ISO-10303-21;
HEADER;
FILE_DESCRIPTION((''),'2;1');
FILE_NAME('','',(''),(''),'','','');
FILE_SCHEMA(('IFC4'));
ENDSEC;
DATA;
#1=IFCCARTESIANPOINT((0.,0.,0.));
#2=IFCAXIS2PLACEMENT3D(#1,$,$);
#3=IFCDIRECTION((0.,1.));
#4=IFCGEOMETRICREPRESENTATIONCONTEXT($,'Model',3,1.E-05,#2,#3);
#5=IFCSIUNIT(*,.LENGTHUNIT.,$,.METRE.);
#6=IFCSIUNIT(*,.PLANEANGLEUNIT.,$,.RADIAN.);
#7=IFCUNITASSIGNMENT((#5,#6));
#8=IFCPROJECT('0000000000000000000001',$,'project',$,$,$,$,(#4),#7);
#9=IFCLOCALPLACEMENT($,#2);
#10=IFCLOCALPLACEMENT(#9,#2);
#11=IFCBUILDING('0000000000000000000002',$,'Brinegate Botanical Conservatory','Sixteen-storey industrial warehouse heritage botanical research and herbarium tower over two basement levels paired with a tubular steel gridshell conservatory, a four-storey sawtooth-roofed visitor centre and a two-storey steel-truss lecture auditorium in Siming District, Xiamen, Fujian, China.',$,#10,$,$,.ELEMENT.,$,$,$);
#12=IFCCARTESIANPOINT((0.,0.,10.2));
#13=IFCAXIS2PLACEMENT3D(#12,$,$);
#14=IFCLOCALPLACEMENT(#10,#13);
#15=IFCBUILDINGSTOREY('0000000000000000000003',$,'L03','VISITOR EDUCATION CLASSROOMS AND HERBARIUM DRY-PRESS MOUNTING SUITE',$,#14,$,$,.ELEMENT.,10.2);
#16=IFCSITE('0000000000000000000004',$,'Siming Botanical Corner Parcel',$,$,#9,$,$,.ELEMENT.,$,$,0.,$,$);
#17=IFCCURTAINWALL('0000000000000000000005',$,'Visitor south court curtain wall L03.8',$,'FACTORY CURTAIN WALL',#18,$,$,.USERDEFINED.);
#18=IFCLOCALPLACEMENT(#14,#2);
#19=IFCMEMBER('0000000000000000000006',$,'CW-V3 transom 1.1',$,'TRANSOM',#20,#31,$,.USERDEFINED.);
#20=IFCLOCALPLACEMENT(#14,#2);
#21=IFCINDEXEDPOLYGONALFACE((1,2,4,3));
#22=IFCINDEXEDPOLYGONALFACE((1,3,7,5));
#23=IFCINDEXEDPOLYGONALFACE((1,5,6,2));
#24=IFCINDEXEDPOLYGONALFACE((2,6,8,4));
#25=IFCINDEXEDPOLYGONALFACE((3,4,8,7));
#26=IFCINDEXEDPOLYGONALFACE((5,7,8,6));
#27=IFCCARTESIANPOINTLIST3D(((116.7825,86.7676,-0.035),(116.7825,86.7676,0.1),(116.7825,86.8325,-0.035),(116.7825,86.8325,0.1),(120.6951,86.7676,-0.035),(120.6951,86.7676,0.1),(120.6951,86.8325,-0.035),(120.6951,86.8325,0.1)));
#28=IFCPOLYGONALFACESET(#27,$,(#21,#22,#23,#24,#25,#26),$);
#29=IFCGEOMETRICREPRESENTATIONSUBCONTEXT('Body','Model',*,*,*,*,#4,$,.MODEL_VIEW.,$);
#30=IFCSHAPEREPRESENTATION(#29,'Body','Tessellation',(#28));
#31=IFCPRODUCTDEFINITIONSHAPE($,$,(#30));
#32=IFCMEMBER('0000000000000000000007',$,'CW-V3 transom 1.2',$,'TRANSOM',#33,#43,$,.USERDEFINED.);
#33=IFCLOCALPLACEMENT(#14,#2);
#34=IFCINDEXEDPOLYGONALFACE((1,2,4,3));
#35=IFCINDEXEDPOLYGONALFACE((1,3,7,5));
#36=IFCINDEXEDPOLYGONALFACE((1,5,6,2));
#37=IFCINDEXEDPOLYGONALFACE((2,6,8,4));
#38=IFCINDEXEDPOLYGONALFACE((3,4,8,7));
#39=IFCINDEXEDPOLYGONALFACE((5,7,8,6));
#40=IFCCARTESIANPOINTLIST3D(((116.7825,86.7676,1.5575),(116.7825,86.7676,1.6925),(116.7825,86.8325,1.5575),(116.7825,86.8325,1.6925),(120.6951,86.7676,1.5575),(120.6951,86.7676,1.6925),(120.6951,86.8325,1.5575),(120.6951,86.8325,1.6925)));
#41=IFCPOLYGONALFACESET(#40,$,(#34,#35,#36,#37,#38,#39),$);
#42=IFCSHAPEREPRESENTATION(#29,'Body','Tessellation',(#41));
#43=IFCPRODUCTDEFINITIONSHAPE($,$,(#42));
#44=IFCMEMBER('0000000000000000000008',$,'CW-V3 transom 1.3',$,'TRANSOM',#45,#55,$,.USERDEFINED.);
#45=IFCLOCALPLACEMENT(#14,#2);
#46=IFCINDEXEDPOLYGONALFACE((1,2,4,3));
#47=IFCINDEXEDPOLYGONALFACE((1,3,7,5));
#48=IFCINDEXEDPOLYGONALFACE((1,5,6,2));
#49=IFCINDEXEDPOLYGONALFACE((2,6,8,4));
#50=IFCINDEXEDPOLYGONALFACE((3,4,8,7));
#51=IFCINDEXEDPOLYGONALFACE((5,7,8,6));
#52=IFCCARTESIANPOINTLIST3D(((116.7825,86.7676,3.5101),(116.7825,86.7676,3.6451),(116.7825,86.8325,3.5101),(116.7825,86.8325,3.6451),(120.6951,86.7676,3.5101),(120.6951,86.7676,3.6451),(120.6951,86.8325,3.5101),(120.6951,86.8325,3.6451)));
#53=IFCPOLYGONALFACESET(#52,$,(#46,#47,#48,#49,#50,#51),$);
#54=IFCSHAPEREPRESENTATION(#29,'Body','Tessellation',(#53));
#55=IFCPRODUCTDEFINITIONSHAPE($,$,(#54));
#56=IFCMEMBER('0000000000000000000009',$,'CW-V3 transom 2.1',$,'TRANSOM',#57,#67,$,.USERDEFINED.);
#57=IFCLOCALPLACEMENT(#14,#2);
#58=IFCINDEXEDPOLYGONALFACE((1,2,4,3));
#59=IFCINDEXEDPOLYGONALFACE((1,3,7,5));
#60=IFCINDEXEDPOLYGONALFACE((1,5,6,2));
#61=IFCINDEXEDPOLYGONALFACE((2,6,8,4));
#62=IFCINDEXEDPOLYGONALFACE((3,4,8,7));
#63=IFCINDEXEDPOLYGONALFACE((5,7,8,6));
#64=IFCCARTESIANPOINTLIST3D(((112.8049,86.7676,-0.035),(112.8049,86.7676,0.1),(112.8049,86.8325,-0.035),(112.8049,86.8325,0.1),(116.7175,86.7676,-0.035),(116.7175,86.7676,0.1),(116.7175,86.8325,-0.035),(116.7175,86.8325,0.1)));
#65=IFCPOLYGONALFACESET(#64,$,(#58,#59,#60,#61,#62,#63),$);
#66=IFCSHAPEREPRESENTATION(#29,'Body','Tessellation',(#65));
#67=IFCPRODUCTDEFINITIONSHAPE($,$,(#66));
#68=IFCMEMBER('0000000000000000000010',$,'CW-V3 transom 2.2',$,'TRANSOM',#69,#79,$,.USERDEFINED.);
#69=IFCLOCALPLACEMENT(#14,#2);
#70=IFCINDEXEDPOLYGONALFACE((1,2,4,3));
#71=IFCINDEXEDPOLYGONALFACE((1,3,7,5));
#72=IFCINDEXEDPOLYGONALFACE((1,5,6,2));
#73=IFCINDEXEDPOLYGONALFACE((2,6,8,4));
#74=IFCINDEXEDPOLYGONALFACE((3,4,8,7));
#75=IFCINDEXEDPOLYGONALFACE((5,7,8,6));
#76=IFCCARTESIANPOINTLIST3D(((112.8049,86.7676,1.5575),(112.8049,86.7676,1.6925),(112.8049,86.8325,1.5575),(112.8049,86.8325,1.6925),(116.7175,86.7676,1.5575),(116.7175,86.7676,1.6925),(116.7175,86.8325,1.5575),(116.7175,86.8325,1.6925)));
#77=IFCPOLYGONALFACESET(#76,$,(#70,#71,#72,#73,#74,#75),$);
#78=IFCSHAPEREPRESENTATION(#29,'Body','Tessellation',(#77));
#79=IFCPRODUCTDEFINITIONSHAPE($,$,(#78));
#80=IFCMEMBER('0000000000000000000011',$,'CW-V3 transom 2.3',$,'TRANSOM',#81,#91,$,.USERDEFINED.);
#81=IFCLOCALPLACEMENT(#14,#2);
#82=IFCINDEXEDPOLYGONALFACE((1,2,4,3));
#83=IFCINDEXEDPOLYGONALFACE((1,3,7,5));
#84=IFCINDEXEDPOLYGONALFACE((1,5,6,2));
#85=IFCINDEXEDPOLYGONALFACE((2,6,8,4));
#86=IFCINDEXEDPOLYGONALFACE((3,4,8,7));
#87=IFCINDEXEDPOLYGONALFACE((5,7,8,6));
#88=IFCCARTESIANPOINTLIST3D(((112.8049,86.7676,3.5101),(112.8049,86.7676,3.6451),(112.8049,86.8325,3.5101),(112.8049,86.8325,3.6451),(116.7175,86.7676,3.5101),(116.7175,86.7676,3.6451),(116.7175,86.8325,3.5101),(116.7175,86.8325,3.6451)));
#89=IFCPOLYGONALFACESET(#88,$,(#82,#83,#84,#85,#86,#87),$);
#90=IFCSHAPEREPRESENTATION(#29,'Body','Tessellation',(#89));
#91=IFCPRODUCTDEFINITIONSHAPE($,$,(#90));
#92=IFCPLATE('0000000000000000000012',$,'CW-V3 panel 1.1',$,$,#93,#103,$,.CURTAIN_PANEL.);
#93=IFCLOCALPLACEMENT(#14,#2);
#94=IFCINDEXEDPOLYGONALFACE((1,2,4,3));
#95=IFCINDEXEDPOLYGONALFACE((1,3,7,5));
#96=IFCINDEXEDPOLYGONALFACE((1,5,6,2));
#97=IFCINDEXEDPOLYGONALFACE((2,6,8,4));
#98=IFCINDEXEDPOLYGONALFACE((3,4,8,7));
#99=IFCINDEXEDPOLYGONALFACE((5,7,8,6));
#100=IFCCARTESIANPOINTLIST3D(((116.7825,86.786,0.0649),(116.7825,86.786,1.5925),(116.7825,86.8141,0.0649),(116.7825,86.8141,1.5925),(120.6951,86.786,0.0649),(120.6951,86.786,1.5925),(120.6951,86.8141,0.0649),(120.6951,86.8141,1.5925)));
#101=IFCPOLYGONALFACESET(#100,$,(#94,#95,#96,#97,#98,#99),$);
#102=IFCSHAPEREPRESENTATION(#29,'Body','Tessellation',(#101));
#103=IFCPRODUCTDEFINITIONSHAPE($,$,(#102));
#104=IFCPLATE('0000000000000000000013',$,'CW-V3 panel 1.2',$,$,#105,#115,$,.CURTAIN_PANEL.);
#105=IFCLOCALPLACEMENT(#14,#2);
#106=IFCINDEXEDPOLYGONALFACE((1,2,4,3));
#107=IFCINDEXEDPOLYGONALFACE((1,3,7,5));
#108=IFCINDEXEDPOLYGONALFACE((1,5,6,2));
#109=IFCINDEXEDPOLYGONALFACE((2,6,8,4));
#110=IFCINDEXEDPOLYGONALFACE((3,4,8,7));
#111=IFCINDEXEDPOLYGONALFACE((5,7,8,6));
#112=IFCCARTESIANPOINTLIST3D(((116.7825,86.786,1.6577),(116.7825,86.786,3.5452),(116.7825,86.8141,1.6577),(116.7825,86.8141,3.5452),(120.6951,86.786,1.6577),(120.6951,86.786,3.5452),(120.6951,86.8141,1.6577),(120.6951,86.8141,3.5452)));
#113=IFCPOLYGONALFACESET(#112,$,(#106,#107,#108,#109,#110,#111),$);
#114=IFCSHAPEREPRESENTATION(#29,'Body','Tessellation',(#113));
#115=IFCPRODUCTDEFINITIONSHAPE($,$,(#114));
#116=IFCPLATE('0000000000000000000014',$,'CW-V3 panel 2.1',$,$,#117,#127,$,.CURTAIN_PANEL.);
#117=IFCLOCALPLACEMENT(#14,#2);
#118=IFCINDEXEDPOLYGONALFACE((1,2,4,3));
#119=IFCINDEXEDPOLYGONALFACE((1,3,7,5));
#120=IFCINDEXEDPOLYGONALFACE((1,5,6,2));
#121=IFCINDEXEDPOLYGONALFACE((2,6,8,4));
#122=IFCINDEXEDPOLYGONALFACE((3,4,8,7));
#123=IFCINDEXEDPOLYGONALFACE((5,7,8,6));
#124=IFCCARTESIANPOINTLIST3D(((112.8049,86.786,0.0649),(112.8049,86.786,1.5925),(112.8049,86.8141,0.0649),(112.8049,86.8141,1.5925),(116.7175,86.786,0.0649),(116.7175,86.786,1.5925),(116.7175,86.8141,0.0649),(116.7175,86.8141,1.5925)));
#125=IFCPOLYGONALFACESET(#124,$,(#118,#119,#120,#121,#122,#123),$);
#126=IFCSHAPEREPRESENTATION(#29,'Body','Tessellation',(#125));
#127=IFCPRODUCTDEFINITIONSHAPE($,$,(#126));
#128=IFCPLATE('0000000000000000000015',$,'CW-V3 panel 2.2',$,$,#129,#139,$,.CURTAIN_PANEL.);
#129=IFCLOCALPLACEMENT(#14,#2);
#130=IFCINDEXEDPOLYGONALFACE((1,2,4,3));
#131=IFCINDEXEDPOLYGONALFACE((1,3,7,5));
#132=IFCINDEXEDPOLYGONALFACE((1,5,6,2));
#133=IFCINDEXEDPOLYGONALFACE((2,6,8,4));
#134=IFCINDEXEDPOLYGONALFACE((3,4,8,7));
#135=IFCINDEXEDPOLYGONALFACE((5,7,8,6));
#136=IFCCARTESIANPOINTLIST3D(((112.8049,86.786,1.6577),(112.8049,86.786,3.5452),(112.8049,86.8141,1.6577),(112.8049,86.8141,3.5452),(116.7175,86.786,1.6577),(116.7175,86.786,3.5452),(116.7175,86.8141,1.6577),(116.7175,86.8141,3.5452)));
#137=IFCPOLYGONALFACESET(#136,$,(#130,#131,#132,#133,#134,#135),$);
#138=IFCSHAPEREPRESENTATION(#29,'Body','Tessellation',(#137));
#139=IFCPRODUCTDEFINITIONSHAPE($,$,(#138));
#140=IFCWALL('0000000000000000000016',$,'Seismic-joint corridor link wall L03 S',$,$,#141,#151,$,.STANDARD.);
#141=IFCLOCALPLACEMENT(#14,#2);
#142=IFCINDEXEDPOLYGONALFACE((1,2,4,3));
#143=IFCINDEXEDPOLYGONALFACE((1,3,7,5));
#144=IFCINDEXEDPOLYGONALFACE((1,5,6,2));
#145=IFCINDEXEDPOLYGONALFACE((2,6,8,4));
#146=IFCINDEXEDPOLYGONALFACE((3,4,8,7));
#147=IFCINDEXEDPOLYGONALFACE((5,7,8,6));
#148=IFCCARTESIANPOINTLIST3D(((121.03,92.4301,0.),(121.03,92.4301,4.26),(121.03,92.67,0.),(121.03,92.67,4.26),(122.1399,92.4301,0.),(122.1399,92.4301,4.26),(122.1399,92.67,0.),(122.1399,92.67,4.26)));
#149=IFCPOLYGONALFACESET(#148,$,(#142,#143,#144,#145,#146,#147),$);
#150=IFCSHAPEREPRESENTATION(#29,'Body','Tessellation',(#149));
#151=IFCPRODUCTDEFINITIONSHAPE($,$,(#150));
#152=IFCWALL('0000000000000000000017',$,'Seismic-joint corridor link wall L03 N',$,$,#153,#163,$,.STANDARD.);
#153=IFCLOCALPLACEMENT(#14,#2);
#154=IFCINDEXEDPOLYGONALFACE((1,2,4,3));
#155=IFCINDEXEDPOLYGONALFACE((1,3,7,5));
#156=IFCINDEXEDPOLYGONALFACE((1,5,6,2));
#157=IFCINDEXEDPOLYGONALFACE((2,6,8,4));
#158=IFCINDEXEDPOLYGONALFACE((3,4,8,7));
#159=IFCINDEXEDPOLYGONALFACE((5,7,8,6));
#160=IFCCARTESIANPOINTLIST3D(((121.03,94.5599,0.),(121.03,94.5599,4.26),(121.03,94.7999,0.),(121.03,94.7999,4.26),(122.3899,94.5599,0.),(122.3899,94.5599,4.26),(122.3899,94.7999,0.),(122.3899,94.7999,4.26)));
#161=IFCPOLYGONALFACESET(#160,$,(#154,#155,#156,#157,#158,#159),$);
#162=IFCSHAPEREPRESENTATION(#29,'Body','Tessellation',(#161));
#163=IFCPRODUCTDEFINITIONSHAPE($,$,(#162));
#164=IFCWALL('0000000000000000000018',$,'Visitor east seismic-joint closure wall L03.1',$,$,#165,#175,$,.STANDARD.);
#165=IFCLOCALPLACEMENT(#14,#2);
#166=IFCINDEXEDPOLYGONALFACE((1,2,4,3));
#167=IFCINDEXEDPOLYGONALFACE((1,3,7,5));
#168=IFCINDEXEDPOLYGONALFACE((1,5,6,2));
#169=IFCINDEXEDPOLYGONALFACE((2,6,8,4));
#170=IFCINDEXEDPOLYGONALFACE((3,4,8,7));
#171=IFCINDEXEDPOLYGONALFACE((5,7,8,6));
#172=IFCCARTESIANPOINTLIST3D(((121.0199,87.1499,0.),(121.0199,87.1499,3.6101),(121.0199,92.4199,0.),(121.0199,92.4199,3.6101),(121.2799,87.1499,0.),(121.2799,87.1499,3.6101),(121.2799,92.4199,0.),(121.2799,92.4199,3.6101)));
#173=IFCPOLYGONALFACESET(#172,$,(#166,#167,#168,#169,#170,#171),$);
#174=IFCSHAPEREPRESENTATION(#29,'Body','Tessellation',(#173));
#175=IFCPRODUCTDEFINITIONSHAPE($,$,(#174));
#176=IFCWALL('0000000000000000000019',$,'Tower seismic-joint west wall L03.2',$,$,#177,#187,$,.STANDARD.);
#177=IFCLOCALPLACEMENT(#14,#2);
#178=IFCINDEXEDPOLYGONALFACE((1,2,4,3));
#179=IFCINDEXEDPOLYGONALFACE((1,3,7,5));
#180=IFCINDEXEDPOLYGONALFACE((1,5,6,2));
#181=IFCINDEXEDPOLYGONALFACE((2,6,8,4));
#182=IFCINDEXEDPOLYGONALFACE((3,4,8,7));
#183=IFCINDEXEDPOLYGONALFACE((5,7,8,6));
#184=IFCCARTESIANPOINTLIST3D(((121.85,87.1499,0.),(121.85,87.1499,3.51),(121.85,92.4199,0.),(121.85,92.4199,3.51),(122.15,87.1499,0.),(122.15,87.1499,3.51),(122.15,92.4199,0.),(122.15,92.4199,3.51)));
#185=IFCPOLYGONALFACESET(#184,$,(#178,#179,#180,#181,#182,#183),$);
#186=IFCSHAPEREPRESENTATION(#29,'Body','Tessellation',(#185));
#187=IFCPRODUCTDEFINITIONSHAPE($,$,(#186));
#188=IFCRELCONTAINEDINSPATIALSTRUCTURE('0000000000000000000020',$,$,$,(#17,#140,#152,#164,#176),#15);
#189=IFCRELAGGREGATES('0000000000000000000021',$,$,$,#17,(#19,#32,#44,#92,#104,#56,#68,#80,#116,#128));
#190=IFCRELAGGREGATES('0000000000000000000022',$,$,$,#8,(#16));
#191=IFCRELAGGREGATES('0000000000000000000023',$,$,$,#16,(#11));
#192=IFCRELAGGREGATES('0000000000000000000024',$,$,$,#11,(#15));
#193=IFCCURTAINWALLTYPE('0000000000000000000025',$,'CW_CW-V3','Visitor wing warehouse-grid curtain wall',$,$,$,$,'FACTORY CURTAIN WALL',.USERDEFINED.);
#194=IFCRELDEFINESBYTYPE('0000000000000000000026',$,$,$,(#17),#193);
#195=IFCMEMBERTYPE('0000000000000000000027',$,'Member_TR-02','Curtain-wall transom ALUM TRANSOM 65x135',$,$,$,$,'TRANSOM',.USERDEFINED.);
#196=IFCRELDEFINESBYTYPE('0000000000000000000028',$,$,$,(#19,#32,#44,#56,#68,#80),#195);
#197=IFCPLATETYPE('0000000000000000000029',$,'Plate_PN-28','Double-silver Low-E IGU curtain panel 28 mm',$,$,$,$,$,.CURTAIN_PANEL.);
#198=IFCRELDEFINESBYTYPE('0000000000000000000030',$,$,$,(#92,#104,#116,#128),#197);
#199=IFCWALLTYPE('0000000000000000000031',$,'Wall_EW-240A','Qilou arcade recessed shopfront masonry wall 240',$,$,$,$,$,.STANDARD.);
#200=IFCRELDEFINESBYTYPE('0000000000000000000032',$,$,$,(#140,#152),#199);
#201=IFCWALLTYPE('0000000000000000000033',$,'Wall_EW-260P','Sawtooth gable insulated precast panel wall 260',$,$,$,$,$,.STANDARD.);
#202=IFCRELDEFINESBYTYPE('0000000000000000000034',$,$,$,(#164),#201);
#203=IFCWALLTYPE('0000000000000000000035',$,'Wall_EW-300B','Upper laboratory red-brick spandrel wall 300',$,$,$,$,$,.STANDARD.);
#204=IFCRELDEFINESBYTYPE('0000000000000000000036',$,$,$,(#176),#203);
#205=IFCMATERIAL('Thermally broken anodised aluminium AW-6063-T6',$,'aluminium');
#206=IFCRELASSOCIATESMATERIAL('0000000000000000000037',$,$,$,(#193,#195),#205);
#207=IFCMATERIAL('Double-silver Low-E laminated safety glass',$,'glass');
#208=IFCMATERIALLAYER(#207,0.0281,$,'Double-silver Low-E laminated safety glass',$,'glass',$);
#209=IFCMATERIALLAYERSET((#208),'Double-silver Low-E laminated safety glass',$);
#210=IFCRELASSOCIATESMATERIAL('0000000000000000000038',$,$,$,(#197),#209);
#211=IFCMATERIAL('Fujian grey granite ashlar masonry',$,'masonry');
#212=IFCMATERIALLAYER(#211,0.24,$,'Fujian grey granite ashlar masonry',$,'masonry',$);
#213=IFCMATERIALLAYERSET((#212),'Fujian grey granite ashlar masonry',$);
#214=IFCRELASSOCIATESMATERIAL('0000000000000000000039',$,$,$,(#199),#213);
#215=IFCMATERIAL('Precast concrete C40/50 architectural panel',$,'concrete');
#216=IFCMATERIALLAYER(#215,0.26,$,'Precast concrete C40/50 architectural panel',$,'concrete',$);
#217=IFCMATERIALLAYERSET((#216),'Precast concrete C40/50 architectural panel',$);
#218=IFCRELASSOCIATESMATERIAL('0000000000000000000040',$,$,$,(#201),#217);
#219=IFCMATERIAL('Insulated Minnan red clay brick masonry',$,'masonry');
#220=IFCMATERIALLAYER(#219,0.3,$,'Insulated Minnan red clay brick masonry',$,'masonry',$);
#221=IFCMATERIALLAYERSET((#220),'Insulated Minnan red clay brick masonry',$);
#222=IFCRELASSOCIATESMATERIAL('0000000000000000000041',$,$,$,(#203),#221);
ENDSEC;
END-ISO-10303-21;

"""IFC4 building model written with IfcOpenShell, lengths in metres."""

from ifc_helpers import new_model, si_unit, direction, frame, frame_2d, origin, origin_2d, place, context, subcontext, project, spatial, rectangle, extrude, material, layer, layer_set, material_profile, profile_set, type_object, element, aggregate, save


model = new_model("IFC4")

# Units and contexts
model_context = context("Model", 3, precision=1e-05, world=origin(), true_north=direction((0.0, 1.0)))
body_context = subcontext(model_context, "Body", "Model", "MODEL_VIEW")
ifc_project = project(units=[si_unit("LENGTHUNIT", "METRE"), si_unit("PLANEANGLEUNIT", "RADIAN")], contexts=[model_context])

# Site, building, storey
site_placement = place(None, origin())
site = spatial("IfcSite", under=ifc_project, at=site_placement, Name="Siming Botanical Corner Parcel", CompositionType="ELEMENT", RefElevation=0.0)
building_placement = place(site_placement, origin())
building = spatial("IfcBuilding", under=site, at=building_placement, Name="Brinegate Botanical Conservatory", Description="Sixteen-storey industrial warehouse heritage botanical research and herbarium tower over two basement levels paired with a tubular steel gridshell conservatory, a four-storey sawtooth-roofed visitor centre and a two-storey steel-truss lecture auditorium in Siming District, Xiamen, Fujian, China.", CompositionType="ELEMENT")
storey_placement = place(building_placement, frame((0.0, 0.0, 10.2)))
storey = spatial("IfcBuildingStorey", under=building, at=storey_placement, Name="L03", Description="VISITOR EDUCATION CLASSROOMS AND HERBARIUM DRY-PRESS MOUNTING SUITE", CompositionType="ELEMENT", Elevation=10.2)

# Curtain wall, members, plates
ifc_material_1 = material(Name="Thermally broken anodised aluminium AW-6063-T6", Category="aluminium")
curtain_wall_type = type_object("IfcCurtainWallType", Name="CW_CW-V3", Description="Visitor wing warehouse-grid curtain wall", ElementType="FACTORY CURTAIN WALL", PredefinedType="USERDEFINED", material=ifc_material_1)
curtain_wall_placement = place(storey_placement, origin())
curtain_wall = element("IfcCurtainWall", 1, at=curtain_wall_placement, inside=storey, type_object=curtain_wall_type, Name="Visitor south court curtain wall L03.8", ObjectType="FACTORY CURTAIN WALL", PredefinedType="USERDEFINED")
ifc_material_profile_1 = material_profile(ifc_material_1, rectangle(XDim=0.0649, YDim=0.135, at=origin_2d()), Name="ALUM TRANSOM 65x135")
ifc_profile_set_1 = profile_set([ifc_material_profile_1], Name="Thermally broken anodised aluminium AW-6063-T6")
member_type_1 = type_object("IfcMemberType", Name="Member_TR-02", Description="Curtain-wall transom ALUM TRANSOM 65x135", ElementType="TRANSOM", PredefinedType="USERDEFINED", material=ifc_profile_set_1)
member_1_placement = place(storey_placement, frame((120.6951, 86.8, 0.0325), z_axis=(-1.0, 0.0, 0.0), x_axis=(0.0, -1.0, 0.0)))
member_1 = element("IfcMember", 2, at=member_1_placement, type_object=member_type_1, Name="CW-V3 transom 1.1", ObjectType="TRANSOM", PredefinedType="USERDEFINED", context=body_context, shape_type="SweptSolid", body=[
    extrude(rectangle(XDim=0.0649, YDim=0.135, at=origin_2d()), origin(), (0.0, 0.0, 1.0), 3.9126),
])
member_2_placement = place(storey_placement, frame((120.6951, 86.8, 1.625), z_axis=(-1.0, 0.0, 0.0), x_axis=(0.0, -1.0, 0.0)))
member_2 = element("IfcMember", 3, at=member_2_placement, type_object=member_type_1, Name="CW-V3 transom 1.2", ObjectType="TRANSOM", PredefinedType="USERDEFINED", context=body_context, shape_type="SweptSolid", body=[
    extrude(rectangle(XDim=0.0649, YDim=0.135, at=origin_2d()), origin(), (0.0, 0.0, 1.0), 3.9126),
])
member_3_placement = place(storey_placement, frame((120.6951, 86.8, 3.5776), z_axis=(-1.0, 0.0, 0.0), x_axis=(0.0, -1.0, 0.0)))
member_3 = element("IfcMember", 4, at=member_3_placement, type_object=member_type_1, Name="CW-V3 transom 1.3", ObjectType="TRANSOM", PredefinedType="USERDEFINED", context=body_context, shape_type="SweptSolid", body=[
    extrude(rectangle(XDim=0.0649, YDim=0.135, at=origin_2d()), origin(), (0.0, 0.0, 1.0), 3.9126),
])
member_4_placement = place(storey_placement, frame((116.7175, 86.8, 0.0325), z_axis=(-1.0, 0.0, 0.0), x_axis=(0.0, -1.0, 0.0)))
member_4 = element("IfcMember", 5, at=member_4_placement, type_object=member_type_1, Name="CW-V3 transom 2.1", ObjectType="TRANSOM", PredefinedType="USERDEFINED", context=body_context, shape_type="SweptSolid", body=[
    extrude(rectangle(XDim=0.0649, YDim=0.135, at=origin_2d()), origin(), (0.0, 0.0, 1.0), 3.9126),
])
member_5_placement = place(storey_placement, frame((116.7175, 86.8, 1.625), z_axis=(-1.0, 0.0, 0.0), x_axis=(0.0, -1.0, 0.0)))
member_5 = element("IfcMember", 6, at=member_5_placement, type_object=member_type_1, Name="CW-V3 transom 2.2", ObjectType="TRANSOM", PredefinedType="USERDEFINED", context=body_context, shape_type="SweptSolid", body=[
    extrude(rectangle(XDim=0.0649, YDim=0.135, at=origin_2d()), origin(), (0.0, 0.0, 1.0), 3.9126),
])
member_6_placement = place(storey_placement, frame((116.7175, 86.8, 3.5776), z_axis=(-1.0, 0.0, 0.0), x_axis=(0.0, -1.0, 0.0)))
member_6 = element("IfcMember", 7, at=member_6_placement, type_object=member_type_1, Name="CW-V3 transom 2.3", ObjectType="TRANSOM", PredefinedType="USERDEFINED", context=body_context, shape_type="SweptSolid", body=[
    extrude(rectangle(XDim=0.0649, YDim=0.135, at=origin_2d()), origin(), (0.0, 0.0, 1.0), 3.9126),
])
ifc_material_2 = material(Name="Double-silver Low-E laminated safety glass", Category="glass")
ifc_layer_1 = layer(ifc_material_2, 0.0281, Name="Double-silver Low-E laminated safety glass", Category="glass")
ifc_layer_set_1 = layer_set([ifc_layer_1], Name="Double-silver Low-E laminated safety glass")
plate_type = type_object("IfcPlateType", Name="Plate_PN-28", Description="Double-silver Low-E IGU curtain panel 28 mm", PredefinedType="CURTAIN_PANEL", material=ifc_layer_set_1)
plate_1_placement = place(storey_placement, frame((118.7388, 86.8, 0.0649), z_axis=(0.0, 0.0, 1.0), x_axis=(-1.0, 0.0, 0.0)))
plate_1 = element("IfcPlate", 8, at=plate_1_placement, type_object=plate_type, Name="CW-V3 panel 1.1", PredefinedType="CURTAIN_PANEL", context=body_context, shape_type="SweptSolid", body=[
    extrude(rectangle(XDim=3.9126, YDim=0.0281, at=origin_2d()), origin(), (0.0, 0.0, 1.0), 1.5276),
])
plate_2_placement = place(storey_placement, frame((118.7388, 86.8, 1.6577), z_axis=(0.0, 0.0, 1.0), x_axis=(-1.0, 0.0, 0.0)))
plate_2 = element("IfcPlate", 9, at=plate_2_placement, type_object=plate_type, Name="CW-V3 panel 1.2", PredefinedType="CURTAIN_PANEL", context=body_context, shape_type="SweptSolid", body=[
    extrude(rectangle(XDim=3.9126, YDim=0.0281, at=origin_2d()), origin(), (0.0, 0.0, 1.0), 1.8875),
])
plate_3_placement = place(storey_placement, frame((114.7612, 86.8, 0.0649), z_axis=(0.0, 0.0, 1.0), x_axis=(-1.0, 0.0, 0.0)))
plate_3 = element("IfcPlate", 10, at=plate_3_placement, type_object=plate_type, Name="CW-V3 panel 2.1", PredefinedType="CURTAIN_PANEL", context=body_context, shape_type="SweptSolid", body=[
    extrude(rectangle(XDim=3.9126, YDim=0.0281, at=origin_2d()), origin(), (0.0, 0.0, 1.0), 1.5276),
])
plate_4_placement = place(storey_placement, frame((114.7612, 86.8, 1.6577), z_axis=(0.0, 0.0, 1.0), x_axis=(-1.0, 0.0, 0.0)))
plate_4 = element("IfcPlate", 11, at=plate_4_placement, type_object=plate_type, Name="CW-V3 panel 2.2", PredefinedType="CURTAIN_PANEL", context=body_context, shape_type="SweptSolid", body=[
    extrude(rectangle(XDim=3.9126, YDim=0.0281, at=origin_2d()), origin(), (0.0, 0.0, 1.0), 1.8875),
])
aggregate(curtain_wall, [member_1, member_2, member_3, plate_1, plate_2, member_4, member_5, member_6, plate_3, plate_4])

# Walls
ifc_material_3 = material(Name="Fujian grey granite ashlar masonry", Category="masonry")
ifc_layer_2 = layer(ifc_material_3, 0.24, Name="Fujian grey granite ashlar masonry", Category="masonry")
ifc_layer_set_2 = layer_set([ifc_layer_2], Name="Fujian grey granite ashlar masonry")
wall_type_1 = type_object("IfcWallType", Name="Wall_EW-240A", Description="Qilou arcade recessed shopfront masonry wall 240", PredefinedType="STANDARD", material=ifc_layer_set_2)
wall_1_placement = place(storey_placement, frame((122.1399, 92.55, 0.0), z_axis=(0.0, 0.0, 1.0), x_axis=(-1.0, 0.0, 0.0)))
element("IfcWall", 12, at=wall_1_placement, inside=storey, type_object=wall_type_1, Name="Seismic-joint corridor link wall L03 S", PredefinedType="STANDARD", context=body_context, shape_type="SweptSolid", body=[
    extrude(rectangle(XDim=1.1099, YDim=0.24, at=frame_2d((0.5549, 0.0))), origin(), (0.0, 0.0, 1.0), 4.26),
])
wall_2_placement = place(storey_placement, frame((121.03, 94.6799, 0.0), z_axis=(0.0, 0.0, 1.0), x_axis=(1.0, 0.0, 0.0)))
element("IfcWall", 13, at=wall_2_placement, inside=storey, type_object=wall_type_1, Name="Seismic-joint corridor link wall L03 N", PredefinedType="STANDARD", context=body_context, shape_type="SweptSolid", body=[
    extrude(rectangle(XDim=1.3599, YDim=0.24, at=frame_2d((0.6799, 0.0))), origin(), (0.0, 0.0, 1.0), 4.26),
])
ifc_material_4 = material(Name="Precast concrete C40/50 architectural panel", Category="concrete")
ifc_layer_3 = layer(ifc_material_4, 0.26, Name="Precast concrete C40/50 architectural panel", Category="concrete")
ifc_layer_set_3 = layer_set([ifc_layer_3], Name="Precast concrete C40/50 architectural panel")
wall_type_2 = type_object("IfcWallType", Name="Wall_EW-260P", Description="Sawtooth gable insulated precast panel wall 260", PredefinedType="STANDARD", material=ifc_layer_set_3)
wall_3_placement = place(storey_placement, frame((121.1499, 92.4199, 0.0), z_axis=(0.0, 0.0, 1.0), x_axis=(0.0, -1.0, 0.0)))
element("IfcWall", 14, at=wall_3_placement, inside=storey, type_object=wall_type_2, Name="Visitor east seismic-joint closure wall L03.1", PredefinedType="STANDARD", context=body_context, shape_type="SweptSolid", body=[
    extrude(rectangle(XDim=5.27, YDim=0.26, at=frame_2d((2.635, 0.0))), origin(), (0.0, 0.0, 1.0), 3.6101),
])
ifc_material_5 = material(Name="Insulated Minnan red clay brick masonry", Category="masonry")
ifc_layer_4 = layer(ifc_material_5, 0.3, Name="Insulated Minnan red clay brick masonry", Category="masonry")
ifc_layer_set_4 = layer_set([ifc_layer_4], Name="Insulated Minnan red clay brick masonry")
wall_type_3 = type_object("IfcWallType", Name="Wall_EW-300B", Description="Upper laboratory red-brick spandrel wall 300", PredefinedType="STANDARD", material=ifc_layer_set_4)
wall_4_placement = place(storey_placement, frame((122.0, 87.1499, 0.0), z_axis=(0.0, 0.0, 1.0), x_axis=(0.0, 1.0, 0.0)))
element("IfcWall", 15, at=wall_4_placement, inside=storey, type_object=wall_type_3, Name="Tower seismic-joint west wall L03.2", PredefinedType="STANDARD", context=body_context, shape_type="SweptSolid", body=[
    extrude(rectangle(XDim=5.27, YDim=0.3, at=frame_2d((2.635, 0.0))), origin(), (0.0, 0.0, 1.0), 3.51),
])

save(model, "model.ifc")
